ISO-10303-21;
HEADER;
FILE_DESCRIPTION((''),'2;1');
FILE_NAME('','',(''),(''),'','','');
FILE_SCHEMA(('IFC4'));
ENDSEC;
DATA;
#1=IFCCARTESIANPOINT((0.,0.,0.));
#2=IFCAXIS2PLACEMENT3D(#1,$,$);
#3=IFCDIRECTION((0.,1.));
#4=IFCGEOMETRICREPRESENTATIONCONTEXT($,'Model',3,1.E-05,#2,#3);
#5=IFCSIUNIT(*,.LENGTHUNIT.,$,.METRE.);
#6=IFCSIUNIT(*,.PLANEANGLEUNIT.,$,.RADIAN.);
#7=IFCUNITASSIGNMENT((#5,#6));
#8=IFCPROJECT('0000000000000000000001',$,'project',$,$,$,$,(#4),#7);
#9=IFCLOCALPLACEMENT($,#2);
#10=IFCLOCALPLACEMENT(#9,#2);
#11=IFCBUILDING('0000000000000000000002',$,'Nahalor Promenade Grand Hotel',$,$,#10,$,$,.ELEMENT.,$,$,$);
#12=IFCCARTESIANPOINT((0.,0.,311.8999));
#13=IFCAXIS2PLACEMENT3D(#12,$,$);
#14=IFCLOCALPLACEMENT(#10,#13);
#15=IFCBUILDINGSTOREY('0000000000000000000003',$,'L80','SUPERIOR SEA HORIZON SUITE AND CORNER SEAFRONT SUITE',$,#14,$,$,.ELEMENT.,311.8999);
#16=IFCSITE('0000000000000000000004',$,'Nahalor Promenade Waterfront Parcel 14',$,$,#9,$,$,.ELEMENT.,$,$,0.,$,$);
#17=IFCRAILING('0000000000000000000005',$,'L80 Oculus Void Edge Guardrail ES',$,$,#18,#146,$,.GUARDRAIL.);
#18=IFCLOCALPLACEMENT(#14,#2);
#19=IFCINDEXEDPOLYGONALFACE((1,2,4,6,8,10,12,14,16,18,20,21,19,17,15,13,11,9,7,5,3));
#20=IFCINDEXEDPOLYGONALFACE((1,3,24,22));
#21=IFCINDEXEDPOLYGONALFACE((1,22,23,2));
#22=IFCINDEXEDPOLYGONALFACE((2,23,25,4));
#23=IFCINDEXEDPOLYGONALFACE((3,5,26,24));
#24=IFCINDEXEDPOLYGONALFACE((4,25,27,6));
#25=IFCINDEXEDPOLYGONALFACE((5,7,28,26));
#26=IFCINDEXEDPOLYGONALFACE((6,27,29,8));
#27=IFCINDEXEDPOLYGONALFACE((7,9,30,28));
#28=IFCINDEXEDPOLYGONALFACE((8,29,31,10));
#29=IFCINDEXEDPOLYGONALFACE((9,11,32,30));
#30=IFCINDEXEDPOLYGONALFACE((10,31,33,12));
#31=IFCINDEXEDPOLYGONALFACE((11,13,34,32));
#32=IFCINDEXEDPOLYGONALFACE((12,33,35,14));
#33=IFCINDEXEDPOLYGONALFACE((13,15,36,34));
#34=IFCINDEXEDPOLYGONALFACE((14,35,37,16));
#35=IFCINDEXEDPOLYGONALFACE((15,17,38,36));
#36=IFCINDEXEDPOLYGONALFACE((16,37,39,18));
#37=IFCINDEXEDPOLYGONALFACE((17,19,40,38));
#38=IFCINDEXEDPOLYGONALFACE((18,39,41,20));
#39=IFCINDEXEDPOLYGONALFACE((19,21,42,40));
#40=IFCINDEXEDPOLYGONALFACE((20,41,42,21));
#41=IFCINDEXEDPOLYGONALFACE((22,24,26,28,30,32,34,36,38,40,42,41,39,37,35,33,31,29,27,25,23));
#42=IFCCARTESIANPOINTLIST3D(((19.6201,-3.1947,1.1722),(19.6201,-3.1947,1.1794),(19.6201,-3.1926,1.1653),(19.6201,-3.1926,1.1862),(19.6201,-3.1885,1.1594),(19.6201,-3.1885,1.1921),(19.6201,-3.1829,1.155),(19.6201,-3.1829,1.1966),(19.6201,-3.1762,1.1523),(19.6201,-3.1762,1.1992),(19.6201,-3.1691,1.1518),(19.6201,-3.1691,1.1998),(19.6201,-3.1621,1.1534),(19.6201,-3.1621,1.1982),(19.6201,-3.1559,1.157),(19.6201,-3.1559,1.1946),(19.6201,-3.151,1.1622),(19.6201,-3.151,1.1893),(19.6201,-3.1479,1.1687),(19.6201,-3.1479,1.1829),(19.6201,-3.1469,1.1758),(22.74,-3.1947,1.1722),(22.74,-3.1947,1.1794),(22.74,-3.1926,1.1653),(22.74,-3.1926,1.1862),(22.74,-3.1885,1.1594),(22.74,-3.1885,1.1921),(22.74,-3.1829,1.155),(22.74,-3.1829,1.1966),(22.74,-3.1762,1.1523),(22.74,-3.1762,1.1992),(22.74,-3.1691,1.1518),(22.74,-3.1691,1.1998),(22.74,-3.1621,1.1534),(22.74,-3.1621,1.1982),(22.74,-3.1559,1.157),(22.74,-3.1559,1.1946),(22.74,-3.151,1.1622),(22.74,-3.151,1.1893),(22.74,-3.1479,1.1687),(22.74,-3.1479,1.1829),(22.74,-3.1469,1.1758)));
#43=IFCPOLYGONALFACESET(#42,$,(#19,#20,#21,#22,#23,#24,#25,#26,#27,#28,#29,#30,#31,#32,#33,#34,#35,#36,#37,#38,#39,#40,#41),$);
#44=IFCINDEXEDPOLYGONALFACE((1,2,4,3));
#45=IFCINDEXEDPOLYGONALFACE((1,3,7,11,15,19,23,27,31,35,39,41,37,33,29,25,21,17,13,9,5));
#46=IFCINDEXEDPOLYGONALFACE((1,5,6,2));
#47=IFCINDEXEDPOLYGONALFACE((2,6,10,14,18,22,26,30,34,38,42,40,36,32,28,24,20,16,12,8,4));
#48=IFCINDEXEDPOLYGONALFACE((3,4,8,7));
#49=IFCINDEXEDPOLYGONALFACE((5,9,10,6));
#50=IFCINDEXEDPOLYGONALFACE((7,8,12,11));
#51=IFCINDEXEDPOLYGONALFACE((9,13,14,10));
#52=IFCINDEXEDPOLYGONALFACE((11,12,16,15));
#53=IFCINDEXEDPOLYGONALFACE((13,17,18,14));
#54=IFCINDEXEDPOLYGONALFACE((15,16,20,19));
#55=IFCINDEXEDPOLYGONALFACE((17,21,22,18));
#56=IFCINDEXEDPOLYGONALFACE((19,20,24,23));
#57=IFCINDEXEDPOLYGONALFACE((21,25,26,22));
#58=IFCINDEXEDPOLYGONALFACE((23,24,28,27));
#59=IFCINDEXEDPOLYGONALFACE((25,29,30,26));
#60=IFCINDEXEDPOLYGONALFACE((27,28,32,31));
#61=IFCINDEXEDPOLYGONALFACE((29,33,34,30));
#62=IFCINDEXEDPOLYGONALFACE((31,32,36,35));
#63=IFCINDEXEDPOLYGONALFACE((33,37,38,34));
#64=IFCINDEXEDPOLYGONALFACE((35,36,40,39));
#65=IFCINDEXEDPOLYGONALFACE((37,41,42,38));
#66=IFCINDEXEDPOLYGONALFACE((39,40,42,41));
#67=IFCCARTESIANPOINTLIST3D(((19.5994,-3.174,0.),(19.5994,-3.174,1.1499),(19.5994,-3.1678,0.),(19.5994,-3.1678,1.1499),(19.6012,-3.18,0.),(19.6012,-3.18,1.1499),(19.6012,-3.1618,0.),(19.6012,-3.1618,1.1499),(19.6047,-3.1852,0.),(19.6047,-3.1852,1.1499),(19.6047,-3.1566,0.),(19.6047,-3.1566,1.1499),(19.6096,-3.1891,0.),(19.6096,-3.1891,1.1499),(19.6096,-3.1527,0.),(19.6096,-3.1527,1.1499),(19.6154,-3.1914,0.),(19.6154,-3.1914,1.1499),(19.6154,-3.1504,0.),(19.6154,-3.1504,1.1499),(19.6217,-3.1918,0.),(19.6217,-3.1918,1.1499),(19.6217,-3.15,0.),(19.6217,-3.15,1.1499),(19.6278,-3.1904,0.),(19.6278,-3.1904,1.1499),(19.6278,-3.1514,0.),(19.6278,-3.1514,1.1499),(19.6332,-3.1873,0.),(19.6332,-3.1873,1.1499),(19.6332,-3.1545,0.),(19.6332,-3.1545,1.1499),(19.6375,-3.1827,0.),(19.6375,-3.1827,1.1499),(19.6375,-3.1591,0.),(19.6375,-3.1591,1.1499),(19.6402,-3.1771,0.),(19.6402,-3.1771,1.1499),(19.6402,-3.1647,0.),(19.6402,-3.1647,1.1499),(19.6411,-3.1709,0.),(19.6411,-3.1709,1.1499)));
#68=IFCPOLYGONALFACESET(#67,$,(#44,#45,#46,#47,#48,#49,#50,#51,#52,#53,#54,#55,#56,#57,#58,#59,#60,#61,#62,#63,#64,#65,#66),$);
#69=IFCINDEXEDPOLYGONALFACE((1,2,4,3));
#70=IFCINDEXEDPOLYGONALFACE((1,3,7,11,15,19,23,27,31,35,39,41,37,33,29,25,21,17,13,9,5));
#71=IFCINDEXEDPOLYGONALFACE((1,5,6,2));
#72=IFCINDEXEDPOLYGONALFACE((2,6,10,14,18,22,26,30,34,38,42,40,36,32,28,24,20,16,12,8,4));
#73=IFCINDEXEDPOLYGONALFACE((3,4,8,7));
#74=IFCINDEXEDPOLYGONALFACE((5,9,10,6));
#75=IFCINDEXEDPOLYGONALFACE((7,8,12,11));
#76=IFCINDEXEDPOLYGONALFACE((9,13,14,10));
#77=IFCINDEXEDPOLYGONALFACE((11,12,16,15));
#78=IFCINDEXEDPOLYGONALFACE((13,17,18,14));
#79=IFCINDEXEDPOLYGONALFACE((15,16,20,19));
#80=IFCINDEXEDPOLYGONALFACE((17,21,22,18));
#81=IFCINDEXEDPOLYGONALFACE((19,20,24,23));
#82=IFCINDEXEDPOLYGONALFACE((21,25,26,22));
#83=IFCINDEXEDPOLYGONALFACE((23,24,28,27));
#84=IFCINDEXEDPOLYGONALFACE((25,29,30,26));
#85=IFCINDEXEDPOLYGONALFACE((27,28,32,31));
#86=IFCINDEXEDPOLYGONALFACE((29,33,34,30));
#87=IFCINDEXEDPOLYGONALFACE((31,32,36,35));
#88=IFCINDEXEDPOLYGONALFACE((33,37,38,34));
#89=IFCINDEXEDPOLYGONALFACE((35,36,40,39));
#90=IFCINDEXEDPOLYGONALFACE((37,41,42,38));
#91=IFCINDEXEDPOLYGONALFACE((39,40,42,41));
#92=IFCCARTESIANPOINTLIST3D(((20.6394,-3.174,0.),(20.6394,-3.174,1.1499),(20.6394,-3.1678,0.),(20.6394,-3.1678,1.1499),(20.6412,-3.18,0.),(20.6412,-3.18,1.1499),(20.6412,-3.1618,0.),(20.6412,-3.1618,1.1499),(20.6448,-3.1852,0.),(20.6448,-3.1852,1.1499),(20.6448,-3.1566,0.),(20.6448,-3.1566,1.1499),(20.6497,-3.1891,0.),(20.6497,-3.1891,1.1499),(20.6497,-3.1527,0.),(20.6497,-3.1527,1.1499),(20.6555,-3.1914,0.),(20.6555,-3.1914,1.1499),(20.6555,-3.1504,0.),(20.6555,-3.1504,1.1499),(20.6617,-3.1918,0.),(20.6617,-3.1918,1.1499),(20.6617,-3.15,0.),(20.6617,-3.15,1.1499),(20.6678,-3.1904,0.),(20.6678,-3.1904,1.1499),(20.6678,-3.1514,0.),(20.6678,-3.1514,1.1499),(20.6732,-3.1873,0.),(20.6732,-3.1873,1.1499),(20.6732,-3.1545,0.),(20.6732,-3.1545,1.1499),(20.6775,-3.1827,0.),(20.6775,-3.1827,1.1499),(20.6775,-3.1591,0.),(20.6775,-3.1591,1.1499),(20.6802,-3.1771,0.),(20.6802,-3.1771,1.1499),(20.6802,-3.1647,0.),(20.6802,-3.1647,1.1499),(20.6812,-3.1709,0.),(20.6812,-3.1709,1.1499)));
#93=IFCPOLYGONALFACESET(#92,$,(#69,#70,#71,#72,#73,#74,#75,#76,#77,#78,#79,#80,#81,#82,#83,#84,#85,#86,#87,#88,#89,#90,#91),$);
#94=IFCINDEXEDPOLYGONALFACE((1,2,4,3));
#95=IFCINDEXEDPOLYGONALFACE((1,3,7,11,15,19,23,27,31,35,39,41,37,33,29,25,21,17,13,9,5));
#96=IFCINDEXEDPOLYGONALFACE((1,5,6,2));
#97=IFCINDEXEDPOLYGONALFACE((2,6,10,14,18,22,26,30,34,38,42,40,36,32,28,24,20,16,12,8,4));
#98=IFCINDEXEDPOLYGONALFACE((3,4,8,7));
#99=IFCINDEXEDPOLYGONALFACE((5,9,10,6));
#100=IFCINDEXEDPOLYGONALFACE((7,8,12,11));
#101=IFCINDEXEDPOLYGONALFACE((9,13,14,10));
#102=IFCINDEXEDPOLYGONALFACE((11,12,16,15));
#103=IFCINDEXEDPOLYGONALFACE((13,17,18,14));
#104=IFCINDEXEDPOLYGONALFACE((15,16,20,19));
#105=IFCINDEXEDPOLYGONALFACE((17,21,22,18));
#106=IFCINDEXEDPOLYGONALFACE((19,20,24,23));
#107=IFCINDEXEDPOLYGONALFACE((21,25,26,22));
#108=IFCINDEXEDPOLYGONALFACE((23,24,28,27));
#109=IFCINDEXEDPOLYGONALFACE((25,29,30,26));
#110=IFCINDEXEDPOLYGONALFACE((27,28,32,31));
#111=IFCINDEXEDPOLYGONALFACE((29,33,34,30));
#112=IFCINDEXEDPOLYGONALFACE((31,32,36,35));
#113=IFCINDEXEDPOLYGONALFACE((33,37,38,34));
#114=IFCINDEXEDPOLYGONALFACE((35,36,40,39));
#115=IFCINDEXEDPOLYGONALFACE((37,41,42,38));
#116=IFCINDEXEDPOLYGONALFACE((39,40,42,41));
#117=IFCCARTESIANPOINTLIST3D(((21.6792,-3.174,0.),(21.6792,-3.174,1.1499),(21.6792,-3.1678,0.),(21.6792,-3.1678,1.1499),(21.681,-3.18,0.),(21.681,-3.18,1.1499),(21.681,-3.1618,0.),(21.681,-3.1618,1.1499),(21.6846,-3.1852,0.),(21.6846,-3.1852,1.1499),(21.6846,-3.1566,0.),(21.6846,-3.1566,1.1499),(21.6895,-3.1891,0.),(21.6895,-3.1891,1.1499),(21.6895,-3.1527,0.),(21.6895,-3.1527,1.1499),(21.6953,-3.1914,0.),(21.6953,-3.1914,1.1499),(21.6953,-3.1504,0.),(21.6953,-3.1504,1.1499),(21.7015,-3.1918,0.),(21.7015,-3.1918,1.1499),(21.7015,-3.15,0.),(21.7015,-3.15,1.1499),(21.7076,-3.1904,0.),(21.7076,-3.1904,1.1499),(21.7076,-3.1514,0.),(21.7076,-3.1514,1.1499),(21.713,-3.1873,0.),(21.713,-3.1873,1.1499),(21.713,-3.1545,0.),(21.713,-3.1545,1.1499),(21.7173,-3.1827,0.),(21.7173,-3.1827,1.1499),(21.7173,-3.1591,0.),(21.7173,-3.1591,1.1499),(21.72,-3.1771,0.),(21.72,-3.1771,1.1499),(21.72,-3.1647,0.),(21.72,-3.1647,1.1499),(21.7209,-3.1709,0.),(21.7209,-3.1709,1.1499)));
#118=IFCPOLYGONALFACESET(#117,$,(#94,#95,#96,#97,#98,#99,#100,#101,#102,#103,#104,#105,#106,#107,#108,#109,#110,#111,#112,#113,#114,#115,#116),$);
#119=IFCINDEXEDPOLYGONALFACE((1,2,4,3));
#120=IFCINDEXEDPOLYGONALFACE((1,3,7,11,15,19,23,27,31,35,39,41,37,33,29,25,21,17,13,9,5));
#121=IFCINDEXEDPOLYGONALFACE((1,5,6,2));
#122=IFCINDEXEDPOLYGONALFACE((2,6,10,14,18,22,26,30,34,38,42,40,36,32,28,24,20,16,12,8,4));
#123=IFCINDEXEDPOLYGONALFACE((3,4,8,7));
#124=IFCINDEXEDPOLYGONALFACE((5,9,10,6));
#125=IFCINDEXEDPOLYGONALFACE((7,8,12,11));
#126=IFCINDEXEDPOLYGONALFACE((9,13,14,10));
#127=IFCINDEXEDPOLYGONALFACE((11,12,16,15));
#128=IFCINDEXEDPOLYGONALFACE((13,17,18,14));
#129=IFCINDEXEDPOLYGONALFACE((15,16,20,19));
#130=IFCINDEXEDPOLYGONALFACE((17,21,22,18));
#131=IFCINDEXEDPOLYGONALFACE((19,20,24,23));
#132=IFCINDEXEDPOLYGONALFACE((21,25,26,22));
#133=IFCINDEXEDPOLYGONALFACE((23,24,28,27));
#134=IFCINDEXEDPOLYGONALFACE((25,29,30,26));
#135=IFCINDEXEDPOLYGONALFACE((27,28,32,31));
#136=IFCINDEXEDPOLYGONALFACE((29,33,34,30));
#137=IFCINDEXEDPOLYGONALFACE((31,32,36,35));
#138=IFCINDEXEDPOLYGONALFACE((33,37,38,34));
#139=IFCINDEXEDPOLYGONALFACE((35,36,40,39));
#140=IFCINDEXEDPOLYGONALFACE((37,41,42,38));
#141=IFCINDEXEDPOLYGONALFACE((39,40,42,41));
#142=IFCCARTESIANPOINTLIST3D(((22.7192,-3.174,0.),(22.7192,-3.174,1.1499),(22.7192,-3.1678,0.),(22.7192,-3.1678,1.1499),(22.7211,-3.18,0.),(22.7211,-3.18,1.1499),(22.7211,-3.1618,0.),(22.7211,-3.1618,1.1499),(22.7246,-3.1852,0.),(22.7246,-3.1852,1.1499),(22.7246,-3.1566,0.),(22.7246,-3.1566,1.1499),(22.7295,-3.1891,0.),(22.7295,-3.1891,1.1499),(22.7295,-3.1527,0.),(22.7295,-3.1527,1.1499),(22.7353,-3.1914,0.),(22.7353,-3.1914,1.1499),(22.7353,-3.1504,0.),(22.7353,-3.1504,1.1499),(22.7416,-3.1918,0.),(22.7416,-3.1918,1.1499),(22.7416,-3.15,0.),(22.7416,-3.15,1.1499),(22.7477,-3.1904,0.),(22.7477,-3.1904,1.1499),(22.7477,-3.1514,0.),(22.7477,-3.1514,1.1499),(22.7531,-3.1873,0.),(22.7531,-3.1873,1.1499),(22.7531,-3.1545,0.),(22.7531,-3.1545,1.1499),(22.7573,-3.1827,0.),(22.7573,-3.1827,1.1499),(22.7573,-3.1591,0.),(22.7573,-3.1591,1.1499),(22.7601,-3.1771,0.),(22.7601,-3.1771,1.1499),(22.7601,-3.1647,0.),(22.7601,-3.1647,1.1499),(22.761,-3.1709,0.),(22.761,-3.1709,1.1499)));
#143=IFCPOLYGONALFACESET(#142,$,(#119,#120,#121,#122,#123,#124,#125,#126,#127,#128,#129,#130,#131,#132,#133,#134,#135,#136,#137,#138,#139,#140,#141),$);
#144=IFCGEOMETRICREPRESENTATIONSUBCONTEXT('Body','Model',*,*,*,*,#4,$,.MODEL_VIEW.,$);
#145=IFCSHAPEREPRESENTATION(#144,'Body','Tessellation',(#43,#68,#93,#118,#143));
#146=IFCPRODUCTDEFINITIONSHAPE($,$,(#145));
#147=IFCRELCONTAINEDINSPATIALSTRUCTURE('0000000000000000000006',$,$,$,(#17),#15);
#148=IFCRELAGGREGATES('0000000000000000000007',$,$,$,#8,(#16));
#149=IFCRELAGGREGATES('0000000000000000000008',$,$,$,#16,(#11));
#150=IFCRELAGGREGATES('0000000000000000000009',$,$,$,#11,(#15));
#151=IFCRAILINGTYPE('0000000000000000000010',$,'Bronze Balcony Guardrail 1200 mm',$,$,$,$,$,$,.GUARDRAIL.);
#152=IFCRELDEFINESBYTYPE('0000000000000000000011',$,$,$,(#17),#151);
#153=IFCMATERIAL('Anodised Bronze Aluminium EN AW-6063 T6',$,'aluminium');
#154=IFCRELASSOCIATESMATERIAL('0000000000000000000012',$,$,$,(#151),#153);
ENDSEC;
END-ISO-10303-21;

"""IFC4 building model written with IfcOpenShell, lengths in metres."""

from ifc_helpers import new_model, si_unit, direction, frame, origin, origin_2d, place, context, subcontext, project, spatial, circle, extrude, material, type_object, element, save


model = new_model("IFC4")

# Units and contexts
model_context = context("Model", 3, precision=1e-05, world=origin(), true_north=direction((0.0, 1.0)))
body_context = subcontext(model_context, "Body", "Model", "MODEL_VIEW")
ifc_project = project(units=[si_unit("LENGTHUNIT", "METRE"), si_unit("PLANEANGLEUNIT", "RADIAN")], contexts=[model_context])

# Site, building, storey
site_placement = place(None, origin())
site = spatial("IfcSite", under=ifc_project, at=site_placement, Name="Nahalor Promenade Waterfront Parcel 14", CompositionType="ELEMENT", RefElevation=0.0)
building_placement = place(site_placement, origin())
building = spatial("IfcBuilding", under=site, at=building_placement, Name="Nahalor Promenade Grand Hotel", CompositionType="ELEMENT")
storey_placement = place(building_placement, frame((0.0, 0.0, 311.8999)))
storey = spatial("IfcBuildingStorey", under=building, at=storey_placement, Name="L80", Description="SUPERIOR SEA HORIZON SUITE AND CORNER SEAFRONT SUITE", CompositionType="ELEMENT", Elevation=311.8999)

# Shared definitions
ifc_material_1 = material(Name="Anodised Bronze Aluminium EN AW-6063 T6", Category="aluminium")

# Railing
railing_type = type_object("IfcRailingType", Name="Bronze Balcony Guardrail 1200 mm", PredefinedType="GUARDRAIL", material=ifc_material_1)
for number, where, name in (
    (1, (19.6201, -3.1709, 0.0), "L80 Oculus Void Edge Guardrail ES"),
):
    element("IfcRailing", number, at=place(storey_placement, frame(where)), inside=storey, type_object=railing_type, Name=name, PredefinedType="GUARDRAIL", context=body_context, shape_type="SweptSolid", body=[
        extrude(circle(Radius=0.024, at=origin_2d()), frame((0.0, 0.0, 1.1758), z_axis=(1.0, 0.0, 0.0), x_axis=(0.0, 1.0, 0.0)), (0.0, 0.0, 1.0), 3.1199),
        extrude(circle(Radius=0.021, at=origin_2d()), origin(), (0.0, 0.0, 1.0), 1.1499),
        extrude(circle(Radius=0.021, at=origin_2d()), frame((1.04, 0.0, 0.0)), (0.0, 0.0, 1.0), 1.1499),
        extrude(circle(Radius=0.021, at=origin_2d()), frame((2.0798, 0.0, 0.0)), (0.0, 0.0, 1.0), 1.1499),
        extrude(circle(Radius=0.021, at=origin_2d()), frame((3.1199, 0.0, 0.0)), (0.0, 0.0, 1.0), 1.1499),
    ])

save(model, "model.ifc")
